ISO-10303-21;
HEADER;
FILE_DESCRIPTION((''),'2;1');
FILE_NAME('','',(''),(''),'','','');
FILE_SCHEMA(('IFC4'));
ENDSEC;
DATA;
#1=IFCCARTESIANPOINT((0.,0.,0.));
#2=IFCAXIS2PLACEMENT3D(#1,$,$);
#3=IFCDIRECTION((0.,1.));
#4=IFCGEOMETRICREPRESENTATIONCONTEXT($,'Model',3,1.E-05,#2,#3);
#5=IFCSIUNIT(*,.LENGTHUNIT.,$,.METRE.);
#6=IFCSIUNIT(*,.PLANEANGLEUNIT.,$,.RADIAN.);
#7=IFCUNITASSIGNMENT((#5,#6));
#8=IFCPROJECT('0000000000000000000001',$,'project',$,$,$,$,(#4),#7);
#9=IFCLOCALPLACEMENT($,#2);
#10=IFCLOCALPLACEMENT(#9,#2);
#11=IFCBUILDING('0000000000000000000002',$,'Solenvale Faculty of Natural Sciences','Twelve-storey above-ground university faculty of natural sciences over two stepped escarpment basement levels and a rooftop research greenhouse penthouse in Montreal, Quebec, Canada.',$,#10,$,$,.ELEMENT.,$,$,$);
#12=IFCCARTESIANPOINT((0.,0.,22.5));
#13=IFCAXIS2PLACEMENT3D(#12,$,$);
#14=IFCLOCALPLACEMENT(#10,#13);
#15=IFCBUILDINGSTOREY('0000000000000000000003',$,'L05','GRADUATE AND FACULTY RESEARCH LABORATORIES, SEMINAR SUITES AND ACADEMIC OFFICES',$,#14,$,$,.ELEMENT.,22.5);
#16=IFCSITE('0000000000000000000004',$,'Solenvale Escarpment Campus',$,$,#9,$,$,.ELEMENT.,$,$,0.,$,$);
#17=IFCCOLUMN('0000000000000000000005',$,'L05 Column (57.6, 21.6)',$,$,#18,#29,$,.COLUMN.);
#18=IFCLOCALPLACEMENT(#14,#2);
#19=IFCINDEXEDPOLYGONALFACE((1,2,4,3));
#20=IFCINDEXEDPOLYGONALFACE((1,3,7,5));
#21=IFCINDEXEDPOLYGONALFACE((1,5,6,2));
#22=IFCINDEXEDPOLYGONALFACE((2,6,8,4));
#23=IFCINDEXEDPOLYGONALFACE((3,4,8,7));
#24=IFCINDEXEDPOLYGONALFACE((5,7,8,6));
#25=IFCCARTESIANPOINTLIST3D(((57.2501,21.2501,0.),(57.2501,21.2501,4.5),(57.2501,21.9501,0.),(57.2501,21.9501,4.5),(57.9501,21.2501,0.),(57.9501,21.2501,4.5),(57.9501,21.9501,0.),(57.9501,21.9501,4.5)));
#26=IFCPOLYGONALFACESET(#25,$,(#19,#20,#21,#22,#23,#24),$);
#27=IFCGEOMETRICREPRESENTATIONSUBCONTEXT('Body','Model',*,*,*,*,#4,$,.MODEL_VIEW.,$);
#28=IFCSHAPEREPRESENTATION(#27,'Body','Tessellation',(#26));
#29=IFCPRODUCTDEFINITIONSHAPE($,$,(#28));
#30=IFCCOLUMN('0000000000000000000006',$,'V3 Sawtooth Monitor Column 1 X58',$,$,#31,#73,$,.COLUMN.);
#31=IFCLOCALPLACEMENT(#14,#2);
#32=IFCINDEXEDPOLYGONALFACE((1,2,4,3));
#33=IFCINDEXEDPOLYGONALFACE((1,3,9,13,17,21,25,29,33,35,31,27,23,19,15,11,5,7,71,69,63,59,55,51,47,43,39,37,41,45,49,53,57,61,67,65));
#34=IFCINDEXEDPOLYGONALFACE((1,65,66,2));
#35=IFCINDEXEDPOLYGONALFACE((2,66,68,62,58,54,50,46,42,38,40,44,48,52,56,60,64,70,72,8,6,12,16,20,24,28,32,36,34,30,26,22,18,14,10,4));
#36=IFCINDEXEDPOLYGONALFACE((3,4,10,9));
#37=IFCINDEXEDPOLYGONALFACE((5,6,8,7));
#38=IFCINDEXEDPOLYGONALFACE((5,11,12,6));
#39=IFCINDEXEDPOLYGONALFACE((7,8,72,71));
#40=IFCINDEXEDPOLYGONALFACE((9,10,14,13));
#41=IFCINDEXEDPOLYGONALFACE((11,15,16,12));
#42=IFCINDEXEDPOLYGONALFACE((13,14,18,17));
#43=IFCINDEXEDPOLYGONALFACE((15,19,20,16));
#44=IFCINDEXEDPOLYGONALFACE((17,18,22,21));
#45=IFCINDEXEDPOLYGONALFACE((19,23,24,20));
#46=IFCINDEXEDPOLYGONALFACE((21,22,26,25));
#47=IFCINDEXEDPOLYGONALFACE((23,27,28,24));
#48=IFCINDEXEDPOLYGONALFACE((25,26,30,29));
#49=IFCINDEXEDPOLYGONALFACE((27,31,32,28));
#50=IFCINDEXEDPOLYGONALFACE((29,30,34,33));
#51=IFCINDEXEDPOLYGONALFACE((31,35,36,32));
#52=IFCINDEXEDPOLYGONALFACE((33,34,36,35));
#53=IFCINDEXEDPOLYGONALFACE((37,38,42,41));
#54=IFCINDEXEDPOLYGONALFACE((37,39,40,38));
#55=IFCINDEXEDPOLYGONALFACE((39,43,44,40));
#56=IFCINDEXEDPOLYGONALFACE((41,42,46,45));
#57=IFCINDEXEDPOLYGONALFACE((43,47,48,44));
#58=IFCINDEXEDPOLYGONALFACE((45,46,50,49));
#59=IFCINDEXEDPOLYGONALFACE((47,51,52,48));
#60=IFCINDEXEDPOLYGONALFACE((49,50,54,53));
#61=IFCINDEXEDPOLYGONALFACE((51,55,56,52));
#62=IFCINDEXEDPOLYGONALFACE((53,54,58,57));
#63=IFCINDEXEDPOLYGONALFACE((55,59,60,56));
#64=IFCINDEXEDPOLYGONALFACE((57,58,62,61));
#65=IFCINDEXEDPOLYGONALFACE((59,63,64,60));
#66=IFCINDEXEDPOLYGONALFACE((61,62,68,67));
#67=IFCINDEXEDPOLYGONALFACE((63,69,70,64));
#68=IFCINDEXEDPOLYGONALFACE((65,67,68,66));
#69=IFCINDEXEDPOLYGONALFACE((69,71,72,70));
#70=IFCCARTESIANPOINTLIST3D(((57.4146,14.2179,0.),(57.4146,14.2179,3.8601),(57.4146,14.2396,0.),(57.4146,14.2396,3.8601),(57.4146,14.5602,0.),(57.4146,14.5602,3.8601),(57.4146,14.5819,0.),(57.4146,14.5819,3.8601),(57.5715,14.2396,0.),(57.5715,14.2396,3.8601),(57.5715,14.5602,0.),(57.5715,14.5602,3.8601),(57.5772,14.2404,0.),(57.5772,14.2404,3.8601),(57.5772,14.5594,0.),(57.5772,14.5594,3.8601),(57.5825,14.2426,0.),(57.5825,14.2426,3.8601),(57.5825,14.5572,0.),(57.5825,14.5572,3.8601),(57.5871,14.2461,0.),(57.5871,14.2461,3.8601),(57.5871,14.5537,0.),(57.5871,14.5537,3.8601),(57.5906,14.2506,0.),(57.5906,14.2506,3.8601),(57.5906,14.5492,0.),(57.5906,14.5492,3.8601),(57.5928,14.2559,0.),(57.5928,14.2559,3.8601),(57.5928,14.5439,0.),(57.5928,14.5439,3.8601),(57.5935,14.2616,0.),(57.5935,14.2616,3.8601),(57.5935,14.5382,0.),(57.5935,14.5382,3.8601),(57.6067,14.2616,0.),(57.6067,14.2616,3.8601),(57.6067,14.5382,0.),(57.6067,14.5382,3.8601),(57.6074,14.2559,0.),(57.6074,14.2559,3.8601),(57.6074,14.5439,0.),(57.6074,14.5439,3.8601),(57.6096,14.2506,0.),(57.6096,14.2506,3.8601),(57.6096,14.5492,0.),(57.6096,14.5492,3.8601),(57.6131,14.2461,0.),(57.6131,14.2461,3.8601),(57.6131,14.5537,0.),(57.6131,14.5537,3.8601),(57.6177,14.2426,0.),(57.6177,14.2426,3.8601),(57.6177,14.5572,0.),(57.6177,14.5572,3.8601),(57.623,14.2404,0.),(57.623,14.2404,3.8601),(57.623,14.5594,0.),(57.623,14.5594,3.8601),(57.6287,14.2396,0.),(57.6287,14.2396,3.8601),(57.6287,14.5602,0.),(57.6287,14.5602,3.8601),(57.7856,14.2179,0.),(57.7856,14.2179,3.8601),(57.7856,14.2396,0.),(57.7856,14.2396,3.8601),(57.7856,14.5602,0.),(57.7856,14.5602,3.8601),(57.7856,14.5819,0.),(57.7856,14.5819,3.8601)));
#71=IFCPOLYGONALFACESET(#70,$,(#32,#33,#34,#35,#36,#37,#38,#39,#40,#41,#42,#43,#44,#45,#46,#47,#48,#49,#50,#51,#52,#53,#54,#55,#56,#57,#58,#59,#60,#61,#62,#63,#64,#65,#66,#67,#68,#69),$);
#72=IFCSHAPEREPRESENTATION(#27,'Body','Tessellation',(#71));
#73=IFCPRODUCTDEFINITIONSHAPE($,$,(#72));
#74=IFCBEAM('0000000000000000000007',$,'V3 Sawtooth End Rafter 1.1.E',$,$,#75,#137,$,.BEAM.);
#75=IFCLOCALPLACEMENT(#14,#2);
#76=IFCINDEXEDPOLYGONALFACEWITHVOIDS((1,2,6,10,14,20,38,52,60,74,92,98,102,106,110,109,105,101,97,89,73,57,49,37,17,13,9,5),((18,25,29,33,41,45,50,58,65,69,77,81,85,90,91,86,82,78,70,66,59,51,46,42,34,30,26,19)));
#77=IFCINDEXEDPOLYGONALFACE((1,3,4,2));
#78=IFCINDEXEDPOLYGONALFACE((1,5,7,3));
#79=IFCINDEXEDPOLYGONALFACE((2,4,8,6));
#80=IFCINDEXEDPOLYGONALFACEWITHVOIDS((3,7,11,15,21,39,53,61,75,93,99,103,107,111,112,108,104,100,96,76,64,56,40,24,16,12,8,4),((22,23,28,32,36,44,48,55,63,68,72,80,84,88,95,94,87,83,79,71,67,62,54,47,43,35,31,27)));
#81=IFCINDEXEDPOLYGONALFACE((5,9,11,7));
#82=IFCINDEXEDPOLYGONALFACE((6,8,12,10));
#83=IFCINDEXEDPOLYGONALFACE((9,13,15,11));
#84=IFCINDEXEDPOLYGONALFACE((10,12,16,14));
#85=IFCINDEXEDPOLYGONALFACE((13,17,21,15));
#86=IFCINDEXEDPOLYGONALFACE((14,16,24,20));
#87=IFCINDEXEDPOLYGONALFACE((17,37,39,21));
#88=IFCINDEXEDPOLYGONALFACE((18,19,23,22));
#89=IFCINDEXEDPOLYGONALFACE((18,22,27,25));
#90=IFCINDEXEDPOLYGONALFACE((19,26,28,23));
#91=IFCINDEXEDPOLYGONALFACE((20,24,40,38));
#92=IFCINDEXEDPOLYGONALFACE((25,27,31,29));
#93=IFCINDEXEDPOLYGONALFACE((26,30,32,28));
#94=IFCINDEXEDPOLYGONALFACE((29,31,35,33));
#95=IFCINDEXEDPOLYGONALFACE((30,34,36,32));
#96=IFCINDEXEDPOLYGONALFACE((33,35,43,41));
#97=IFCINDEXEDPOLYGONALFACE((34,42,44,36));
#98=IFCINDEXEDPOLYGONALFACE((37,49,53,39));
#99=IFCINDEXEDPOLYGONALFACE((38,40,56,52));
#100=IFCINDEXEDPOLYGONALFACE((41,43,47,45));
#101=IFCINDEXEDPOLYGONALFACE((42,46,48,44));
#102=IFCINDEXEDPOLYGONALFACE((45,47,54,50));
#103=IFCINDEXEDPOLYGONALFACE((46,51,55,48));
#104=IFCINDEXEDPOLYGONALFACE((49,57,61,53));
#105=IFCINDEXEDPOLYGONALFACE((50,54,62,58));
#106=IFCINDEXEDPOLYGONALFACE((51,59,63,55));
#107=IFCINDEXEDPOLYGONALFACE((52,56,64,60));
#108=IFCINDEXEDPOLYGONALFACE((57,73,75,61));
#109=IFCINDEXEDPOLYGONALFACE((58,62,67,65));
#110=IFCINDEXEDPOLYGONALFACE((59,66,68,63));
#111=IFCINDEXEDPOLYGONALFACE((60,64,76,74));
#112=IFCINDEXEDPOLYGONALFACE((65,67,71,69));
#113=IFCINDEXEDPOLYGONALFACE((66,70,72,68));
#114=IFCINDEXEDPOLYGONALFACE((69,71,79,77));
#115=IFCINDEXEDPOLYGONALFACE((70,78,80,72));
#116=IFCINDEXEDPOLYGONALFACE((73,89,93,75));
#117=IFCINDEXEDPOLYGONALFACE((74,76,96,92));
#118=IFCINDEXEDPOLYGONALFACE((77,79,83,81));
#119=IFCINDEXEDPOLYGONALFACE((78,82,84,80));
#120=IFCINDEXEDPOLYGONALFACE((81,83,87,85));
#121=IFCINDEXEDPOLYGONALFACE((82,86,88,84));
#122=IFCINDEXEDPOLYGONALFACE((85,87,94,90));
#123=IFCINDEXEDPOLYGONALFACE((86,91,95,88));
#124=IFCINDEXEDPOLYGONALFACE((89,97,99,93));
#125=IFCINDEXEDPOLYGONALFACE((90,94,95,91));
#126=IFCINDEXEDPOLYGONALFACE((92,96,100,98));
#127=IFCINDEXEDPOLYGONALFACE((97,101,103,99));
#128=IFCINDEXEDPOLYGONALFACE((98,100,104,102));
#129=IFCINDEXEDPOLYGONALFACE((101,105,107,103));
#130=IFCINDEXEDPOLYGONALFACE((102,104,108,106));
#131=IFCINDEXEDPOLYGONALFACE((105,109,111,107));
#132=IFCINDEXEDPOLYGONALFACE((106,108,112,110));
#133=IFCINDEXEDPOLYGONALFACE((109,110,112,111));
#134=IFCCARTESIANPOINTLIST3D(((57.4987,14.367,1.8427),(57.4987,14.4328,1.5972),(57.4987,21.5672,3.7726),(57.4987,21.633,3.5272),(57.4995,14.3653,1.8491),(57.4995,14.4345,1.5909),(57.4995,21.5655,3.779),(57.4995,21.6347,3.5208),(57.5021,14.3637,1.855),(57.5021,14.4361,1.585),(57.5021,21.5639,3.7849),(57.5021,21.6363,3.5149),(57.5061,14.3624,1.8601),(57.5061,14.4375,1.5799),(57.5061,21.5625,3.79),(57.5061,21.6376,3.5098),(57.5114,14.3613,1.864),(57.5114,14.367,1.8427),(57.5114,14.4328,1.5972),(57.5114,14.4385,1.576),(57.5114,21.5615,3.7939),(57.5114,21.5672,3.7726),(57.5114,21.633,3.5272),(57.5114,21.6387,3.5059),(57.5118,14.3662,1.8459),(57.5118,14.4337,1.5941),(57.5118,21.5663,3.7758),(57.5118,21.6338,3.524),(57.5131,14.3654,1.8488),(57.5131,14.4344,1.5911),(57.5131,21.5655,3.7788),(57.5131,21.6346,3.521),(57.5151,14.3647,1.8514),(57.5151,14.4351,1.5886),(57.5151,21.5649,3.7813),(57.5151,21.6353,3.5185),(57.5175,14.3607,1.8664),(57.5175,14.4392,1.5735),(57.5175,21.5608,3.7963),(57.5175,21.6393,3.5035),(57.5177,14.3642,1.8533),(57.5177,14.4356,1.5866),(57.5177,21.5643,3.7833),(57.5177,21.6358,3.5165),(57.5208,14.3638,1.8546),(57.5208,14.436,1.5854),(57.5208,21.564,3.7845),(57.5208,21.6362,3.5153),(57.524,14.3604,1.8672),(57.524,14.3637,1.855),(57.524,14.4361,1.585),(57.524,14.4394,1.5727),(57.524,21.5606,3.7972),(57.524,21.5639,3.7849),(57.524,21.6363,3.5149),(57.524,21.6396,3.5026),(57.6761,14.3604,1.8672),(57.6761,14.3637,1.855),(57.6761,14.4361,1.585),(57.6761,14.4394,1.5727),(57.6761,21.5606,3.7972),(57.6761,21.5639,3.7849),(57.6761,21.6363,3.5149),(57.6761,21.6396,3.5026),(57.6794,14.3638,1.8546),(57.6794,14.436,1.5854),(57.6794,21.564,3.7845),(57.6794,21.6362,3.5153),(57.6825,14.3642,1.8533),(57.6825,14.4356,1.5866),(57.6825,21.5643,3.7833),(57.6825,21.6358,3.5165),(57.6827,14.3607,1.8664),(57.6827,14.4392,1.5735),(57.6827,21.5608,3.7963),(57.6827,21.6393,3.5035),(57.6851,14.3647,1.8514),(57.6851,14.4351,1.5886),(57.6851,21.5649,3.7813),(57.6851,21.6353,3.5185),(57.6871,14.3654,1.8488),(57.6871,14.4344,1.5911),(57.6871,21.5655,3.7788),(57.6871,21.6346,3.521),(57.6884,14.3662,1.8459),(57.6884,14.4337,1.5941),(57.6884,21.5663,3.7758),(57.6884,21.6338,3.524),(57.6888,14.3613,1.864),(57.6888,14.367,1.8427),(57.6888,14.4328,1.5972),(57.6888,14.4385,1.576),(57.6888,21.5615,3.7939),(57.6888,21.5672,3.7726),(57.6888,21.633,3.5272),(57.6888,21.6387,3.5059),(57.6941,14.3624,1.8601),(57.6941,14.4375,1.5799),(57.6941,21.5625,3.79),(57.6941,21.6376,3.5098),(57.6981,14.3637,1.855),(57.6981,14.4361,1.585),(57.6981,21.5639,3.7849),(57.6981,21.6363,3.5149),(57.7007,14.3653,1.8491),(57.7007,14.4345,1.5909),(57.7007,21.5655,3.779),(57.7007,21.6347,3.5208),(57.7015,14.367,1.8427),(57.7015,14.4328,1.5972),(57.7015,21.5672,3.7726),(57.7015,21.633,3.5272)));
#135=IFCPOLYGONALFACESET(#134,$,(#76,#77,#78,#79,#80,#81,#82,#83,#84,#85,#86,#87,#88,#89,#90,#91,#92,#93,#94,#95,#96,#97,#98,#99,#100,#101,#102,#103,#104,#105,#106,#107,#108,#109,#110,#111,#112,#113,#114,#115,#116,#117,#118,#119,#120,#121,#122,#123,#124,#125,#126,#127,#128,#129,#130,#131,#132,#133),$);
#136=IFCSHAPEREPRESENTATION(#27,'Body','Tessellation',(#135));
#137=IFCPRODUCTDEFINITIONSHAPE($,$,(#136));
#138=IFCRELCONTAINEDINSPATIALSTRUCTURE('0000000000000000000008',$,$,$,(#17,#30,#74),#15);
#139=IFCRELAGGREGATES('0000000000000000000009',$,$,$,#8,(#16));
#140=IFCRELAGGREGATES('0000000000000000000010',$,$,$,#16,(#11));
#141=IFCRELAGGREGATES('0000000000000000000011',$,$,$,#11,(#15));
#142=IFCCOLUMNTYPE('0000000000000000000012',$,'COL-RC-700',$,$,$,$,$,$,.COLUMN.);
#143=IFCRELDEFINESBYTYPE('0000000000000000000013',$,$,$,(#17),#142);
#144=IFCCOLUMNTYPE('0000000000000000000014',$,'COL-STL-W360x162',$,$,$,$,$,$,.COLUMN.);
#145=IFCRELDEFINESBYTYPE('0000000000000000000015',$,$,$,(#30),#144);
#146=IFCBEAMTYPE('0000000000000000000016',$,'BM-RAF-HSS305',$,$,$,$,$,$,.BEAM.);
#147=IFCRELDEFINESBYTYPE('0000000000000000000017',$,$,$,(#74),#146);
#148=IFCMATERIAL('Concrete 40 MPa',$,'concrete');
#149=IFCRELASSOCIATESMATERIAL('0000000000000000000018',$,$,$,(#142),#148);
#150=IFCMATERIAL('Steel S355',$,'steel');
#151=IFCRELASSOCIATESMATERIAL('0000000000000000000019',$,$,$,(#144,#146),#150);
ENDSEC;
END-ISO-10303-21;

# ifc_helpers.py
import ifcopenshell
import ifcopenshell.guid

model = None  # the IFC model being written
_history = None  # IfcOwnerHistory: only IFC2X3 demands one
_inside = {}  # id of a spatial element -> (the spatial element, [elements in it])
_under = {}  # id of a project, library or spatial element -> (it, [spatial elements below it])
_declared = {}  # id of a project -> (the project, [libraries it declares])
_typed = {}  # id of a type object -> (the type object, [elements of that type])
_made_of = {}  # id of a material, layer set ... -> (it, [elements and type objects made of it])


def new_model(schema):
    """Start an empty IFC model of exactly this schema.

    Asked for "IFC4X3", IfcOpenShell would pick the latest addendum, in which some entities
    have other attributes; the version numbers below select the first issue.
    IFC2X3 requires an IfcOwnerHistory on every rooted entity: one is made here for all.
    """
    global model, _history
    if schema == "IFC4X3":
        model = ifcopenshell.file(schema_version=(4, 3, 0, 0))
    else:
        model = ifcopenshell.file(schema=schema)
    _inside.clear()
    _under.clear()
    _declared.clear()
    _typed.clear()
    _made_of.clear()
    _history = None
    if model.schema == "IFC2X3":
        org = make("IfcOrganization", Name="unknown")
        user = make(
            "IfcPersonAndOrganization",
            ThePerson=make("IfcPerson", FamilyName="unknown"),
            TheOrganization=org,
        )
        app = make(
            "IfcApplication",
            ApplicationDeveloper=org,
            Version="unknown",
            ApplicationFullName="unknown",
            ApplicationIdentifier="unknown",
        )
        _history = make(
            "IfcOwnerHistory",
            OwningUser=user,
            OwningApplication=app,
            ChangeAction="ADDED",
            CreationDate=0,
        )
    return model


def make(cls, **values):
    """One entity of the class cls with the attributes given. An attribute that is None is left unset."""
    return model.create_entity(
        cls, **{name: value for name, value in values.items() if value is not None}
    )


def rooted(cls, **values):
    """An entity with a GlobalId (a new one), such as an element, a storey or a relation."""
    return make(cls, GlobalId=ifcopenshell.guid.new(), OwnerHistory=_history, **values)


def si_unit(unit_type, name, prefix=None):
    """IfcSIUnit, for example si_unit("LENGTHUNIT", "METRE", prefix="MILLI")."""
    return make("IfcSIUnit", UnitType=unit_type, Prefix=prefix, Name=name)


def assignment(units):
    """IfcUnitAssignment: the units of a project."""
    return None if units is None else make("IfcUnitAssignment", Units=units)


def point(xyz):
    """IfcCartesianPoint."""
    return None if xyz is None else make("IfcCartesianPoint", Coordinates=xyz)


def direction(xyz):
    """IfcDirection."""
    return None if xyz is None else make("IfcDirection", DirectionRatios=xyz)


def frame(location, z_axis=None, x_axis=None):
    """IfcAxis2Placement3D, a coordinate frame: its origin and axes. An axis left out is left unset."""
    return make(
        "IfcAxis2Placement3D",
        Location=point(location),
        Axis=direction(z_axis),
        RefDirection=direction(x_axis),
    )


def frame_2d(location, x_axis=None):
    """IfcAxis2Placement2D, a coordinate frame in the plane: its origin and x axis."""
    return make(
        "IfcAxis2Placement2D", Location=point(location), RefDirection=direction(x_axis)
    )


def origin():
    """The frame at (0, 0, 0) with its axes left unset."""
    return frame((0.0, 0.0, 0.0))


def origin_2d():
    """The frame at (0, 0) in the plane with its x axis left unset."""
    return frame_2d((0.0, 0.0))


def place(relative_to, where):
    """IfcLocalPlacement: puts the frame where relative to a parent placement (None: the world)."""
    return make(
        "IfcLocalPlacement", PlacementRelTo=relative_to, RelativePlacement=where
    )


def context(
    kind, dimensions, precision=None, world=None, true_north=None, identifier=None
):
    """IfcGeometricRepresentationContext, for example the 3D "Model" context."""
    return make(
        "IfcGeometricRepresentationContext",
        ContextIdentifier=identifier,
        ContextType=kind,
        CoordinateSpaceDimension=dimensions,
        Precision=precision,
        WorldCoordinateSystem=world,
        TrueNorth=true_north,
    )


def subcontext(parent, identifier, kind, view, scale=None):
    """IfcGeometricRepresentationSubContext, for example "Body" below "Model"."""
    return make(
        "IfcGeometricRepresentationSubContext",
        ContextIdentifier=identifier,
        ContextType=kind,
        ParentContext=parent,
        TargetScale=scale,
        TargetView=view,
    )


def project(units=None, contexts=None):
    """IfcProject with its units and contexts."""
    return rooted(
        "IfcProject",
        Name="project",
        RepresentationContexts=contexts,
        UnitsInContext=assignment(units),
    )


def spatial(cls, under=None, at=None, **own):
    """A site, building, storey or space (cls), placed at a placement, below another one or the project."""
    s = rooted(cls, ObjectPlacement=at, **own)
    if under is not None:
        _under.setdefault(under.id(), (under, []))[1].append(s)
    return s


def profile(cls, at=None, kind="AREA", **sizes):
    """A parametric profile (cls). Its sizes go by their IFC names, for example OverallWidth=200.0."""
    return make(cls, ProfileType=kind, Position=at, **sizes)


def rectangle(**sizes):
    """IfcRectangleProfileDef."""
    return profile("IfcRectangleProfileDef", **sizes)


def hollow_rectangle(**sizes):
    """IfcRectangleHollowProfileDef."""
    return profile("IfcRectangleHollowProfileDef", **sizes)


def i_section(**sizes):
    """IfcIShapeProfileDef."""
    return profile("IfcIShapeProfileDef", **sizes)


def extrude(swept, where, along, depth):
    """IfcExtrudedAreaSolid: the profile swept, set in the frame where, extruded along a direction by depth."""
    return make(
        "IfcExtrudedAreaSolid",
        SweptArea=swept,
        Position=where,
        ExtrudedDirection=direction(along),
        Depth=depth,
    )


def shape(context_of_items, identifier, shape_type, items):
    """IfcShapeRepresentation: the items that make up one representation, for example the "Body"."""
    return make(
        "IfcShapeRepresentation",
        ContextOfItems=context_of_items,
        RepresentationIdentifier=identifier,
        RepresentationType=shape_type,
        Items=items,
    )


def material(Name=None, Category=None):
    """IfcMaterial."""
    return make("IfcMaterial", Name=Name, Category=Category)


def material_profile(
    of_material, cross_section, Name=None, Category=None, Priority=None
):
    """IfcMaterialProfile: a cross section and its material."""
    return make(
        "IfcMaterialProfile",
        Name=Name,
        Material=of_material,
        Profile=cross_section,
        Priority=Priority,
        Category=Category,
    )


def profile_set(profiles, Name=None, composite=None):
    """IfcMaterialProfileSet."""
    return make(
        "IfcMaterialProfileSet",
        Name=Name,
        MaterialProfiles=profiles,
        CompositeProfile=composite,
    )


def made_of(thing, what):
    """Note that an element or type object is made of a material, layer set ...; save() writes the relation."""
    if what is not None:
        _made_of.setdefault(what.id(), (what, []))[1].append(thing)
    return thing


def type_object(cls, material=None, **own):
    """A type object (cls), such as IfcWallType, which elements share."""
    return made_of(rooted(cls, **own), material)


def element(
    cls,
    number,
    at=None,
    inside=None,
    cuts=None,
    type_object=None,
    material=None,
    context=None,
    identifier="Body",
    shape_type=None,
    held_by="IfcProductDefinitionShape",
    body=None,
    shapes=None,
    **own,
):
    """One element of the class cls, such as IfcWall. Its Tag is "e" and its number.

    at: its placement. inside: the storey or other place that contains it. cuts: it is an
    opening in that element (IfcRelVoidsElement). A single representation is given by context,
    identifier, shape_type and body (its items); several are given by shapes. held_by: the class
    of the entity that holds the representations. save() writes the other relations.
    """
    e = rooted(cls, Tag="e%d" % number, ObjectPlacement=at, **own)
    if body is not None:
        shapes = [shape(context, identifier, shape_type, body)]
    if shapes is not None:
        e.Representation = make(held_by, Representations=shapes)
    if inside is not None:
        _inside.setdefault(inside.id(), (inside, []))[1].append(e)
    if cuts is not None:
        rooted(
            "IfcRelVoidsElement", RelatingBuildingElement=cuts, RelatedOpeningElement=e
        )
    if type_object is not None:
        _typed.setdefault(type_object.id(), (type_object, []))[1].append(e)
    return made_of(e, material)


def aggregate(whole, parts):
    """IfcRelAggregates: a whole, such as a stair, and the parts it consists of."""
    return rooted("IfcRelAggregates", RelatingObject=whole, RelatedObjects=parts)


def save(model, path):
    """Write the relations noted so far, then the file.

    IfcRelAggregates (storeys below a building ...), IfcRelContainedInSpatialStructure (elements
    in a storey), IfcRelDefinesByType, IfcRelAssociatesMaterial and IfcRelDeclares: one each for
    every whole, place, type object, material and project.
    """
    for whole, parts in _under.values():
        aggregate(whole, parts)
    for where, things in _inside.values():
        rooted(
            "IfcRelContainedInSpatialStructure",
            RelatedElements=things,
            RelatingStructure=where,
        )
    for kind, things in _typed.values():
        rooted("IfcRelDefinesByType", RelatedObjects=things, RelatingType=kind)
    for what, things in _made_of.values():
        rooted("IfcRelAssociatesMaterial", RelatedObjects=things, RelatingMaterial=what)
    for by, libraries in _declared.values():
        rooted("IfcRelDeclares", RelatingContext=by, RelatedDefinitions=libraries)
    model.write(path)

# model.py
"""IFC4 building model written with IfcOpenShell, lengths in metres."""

from ifc_helpers import new_model, si_unit, direction, frame, origin, origin_2d, place, context, subcontext, project, spatial, rectangle, hollow_rectangle, i_section, extrude, material, material_profile, profile_set, type_object, element, save


model = new_model("IFC4")

# Units and contexts
model_context = context("Model", 3, precision=1e-05, world=origin(), true_north=direction((0.0, 1.0)))
body_context = subcontext(model_context, "Body", "Model", "MODEL_VIEW")
ifc_project = project(units=[si_unit("LENGTHUNIT", "METRE"), si_unit("PLANEANGLEUNIT", "RADIAN")], contexts=[model_context])

# Site, building, storey
site_placement = place(None, origin())
site = spatial("IfcSite", under=ifc_project, at=site_placement, Name="Solenvale Escarpment Campus", CompositionType="ELEMENT", RefElevation=0.0)
building_placement = place(site_placement, origin())
building = spatial("IfcBuilding", under=site, at=building_placement, Name="Solenvale Faculty of Natural Sciences", Description="Twelve-storey above-ground university faculty of natural sciences over two stepped escarpment basement levels and a rooftop research greenhouse penthouse in Montreal, Quebec, Canada.", CompositionType="ELEMENT")
storey_placement = place(building_placement, frame((0.0, 0.0, 22.5)))
storey = spatial("IfcBuildingStorey", under=building, at=storey_placement, Name="L05", Description="GRADUATE AND FACULTY RESEARCH LABORATORIES, SEMINAR SUITES AND ACADEMIC OFFICES", CompositionType="ELEMENT", Elevation=22.5)

# Columns
ifc_material_1 = material(Name="Concrete 40 MPa", Category="concrete")
ifc_material_profile_1 = material_profile(ifc_material_1, rectangle(XDim=0.7, YDim=0.7, at=origin_2d()), Name="RC-COL-700x700")
ifc_profile_set_1 = profile_set([ifc_material_profile_1], Name="Concrete 40 MPa")
column_type_1 = type_object("IfcColumnType", Name="COL-RC-700", PredefinedType="COLUMN", material=ifc_profile_set_1)
column_1_placement = place(storey_placement, frame((57.6001, 21.6001, 0.0), z_axis=(0.0, 0.0, 1.0), x_axis=(1.0, 0.0, 0.0)))
element("IfcColumn", 1, at=column_1_placement, inside=storey, type_object=column_type_1, Name="L05 Column (57.6, 21.6)", PredefinedType="COLUMN", context=body_context, shape_type="SweptSolid", body=[
    extrude(rectangle(XDim=0.7, YDim=0.7, at=origin_2d()), origin(), (0.0, 0.0, 1.0), 4.5),
])
ifc_material_2 = material(Name="Steel S355", Category="steel")
ifc_material_profile_2 = material_profile(ifc_material_2, i_section(OverallWidth=0.3711, OverallDepth=0.364, WebThickness=0.0132, FlangeThickness=0.0217, FilletRadius=0.022, at=origin_2d()), Name="W360x162")
ifc_profile_set_2 = profile_set([ifc_material_profile_2], Name="Steel S355")
column_type_2 = type_object("IfcColumnType", Name="COL-STL-W360x162", PredefinedType="COLUMN", material=ifc_profile_set_2)
column_2_placement = place(storey_placement, frame((57.6001, 14.3999, 0.0), z_axis=(0.0, 0.0, 1.0), x_axis=(1.0, 0.0, 0.0)))
element("IfcColumn", 2, at=column_2_placement, inside=storey, type_object=column_type_2, Name="V3 Sawtooth Monitor Column 1 X58", PredefinedType="COLUMN", context=body_context, shape_type="SweptSolid", body=[
    extrude(i_section(OverallWidth=0.3711, OverallDepth=0.364, WebThickness=0.0132, FlangeThickness=0.0217, FilletRadius=0.022, at=origin_2d()), origin(), (0.0, 0.0, 1.0), 3.8601),
])

# Beam
ifc_material_profile_3 = material_profile(ifc_material_2, hollow_rectangle(XDim=0.2029, YDim=0.3049, WallThickness=0.0127, InnerFilletRadius=0.0127, OuterFilletRadius=0.0254, at=origin_2d()), Name="HSS305x203x13")
ifc_profile_set_3 = profile_set([ifc_material_profile_3], Name="Steel S355")
beam_type_1 = type_object("IfcBeamType", Name="BM-RAF-HSS305", PredefinedType="BEAM", material=ifc_profile_set_3)
beam_1_placement = place(storey_placement, frame((57.6001, 14.3999, 1.72), z_axis=(0.0, 0.965904, 0.2589), x_axis=(-1.0, 0.0, 0.0)))
element("IfcBeam", 3, at=beam_1_placement, inside=storey, type_object=beam_type_1, Name="V3 Sawtooth End Rafter 1.1.E", PredefinedType="BEAM", context=body_context, shape_type="SweptSolid", body=[
    extrude(hollow_rectangle(XDim=0.2029, YDim=0.3049, WallThickness=0.0127, InnerFilletRadius=0.0127, OuterFilletRadius=0.0254, at=origin_2d()), origin(), (0.0, 0.0, 1.0), 7.4543),
])

save(model, "model.ifc")
